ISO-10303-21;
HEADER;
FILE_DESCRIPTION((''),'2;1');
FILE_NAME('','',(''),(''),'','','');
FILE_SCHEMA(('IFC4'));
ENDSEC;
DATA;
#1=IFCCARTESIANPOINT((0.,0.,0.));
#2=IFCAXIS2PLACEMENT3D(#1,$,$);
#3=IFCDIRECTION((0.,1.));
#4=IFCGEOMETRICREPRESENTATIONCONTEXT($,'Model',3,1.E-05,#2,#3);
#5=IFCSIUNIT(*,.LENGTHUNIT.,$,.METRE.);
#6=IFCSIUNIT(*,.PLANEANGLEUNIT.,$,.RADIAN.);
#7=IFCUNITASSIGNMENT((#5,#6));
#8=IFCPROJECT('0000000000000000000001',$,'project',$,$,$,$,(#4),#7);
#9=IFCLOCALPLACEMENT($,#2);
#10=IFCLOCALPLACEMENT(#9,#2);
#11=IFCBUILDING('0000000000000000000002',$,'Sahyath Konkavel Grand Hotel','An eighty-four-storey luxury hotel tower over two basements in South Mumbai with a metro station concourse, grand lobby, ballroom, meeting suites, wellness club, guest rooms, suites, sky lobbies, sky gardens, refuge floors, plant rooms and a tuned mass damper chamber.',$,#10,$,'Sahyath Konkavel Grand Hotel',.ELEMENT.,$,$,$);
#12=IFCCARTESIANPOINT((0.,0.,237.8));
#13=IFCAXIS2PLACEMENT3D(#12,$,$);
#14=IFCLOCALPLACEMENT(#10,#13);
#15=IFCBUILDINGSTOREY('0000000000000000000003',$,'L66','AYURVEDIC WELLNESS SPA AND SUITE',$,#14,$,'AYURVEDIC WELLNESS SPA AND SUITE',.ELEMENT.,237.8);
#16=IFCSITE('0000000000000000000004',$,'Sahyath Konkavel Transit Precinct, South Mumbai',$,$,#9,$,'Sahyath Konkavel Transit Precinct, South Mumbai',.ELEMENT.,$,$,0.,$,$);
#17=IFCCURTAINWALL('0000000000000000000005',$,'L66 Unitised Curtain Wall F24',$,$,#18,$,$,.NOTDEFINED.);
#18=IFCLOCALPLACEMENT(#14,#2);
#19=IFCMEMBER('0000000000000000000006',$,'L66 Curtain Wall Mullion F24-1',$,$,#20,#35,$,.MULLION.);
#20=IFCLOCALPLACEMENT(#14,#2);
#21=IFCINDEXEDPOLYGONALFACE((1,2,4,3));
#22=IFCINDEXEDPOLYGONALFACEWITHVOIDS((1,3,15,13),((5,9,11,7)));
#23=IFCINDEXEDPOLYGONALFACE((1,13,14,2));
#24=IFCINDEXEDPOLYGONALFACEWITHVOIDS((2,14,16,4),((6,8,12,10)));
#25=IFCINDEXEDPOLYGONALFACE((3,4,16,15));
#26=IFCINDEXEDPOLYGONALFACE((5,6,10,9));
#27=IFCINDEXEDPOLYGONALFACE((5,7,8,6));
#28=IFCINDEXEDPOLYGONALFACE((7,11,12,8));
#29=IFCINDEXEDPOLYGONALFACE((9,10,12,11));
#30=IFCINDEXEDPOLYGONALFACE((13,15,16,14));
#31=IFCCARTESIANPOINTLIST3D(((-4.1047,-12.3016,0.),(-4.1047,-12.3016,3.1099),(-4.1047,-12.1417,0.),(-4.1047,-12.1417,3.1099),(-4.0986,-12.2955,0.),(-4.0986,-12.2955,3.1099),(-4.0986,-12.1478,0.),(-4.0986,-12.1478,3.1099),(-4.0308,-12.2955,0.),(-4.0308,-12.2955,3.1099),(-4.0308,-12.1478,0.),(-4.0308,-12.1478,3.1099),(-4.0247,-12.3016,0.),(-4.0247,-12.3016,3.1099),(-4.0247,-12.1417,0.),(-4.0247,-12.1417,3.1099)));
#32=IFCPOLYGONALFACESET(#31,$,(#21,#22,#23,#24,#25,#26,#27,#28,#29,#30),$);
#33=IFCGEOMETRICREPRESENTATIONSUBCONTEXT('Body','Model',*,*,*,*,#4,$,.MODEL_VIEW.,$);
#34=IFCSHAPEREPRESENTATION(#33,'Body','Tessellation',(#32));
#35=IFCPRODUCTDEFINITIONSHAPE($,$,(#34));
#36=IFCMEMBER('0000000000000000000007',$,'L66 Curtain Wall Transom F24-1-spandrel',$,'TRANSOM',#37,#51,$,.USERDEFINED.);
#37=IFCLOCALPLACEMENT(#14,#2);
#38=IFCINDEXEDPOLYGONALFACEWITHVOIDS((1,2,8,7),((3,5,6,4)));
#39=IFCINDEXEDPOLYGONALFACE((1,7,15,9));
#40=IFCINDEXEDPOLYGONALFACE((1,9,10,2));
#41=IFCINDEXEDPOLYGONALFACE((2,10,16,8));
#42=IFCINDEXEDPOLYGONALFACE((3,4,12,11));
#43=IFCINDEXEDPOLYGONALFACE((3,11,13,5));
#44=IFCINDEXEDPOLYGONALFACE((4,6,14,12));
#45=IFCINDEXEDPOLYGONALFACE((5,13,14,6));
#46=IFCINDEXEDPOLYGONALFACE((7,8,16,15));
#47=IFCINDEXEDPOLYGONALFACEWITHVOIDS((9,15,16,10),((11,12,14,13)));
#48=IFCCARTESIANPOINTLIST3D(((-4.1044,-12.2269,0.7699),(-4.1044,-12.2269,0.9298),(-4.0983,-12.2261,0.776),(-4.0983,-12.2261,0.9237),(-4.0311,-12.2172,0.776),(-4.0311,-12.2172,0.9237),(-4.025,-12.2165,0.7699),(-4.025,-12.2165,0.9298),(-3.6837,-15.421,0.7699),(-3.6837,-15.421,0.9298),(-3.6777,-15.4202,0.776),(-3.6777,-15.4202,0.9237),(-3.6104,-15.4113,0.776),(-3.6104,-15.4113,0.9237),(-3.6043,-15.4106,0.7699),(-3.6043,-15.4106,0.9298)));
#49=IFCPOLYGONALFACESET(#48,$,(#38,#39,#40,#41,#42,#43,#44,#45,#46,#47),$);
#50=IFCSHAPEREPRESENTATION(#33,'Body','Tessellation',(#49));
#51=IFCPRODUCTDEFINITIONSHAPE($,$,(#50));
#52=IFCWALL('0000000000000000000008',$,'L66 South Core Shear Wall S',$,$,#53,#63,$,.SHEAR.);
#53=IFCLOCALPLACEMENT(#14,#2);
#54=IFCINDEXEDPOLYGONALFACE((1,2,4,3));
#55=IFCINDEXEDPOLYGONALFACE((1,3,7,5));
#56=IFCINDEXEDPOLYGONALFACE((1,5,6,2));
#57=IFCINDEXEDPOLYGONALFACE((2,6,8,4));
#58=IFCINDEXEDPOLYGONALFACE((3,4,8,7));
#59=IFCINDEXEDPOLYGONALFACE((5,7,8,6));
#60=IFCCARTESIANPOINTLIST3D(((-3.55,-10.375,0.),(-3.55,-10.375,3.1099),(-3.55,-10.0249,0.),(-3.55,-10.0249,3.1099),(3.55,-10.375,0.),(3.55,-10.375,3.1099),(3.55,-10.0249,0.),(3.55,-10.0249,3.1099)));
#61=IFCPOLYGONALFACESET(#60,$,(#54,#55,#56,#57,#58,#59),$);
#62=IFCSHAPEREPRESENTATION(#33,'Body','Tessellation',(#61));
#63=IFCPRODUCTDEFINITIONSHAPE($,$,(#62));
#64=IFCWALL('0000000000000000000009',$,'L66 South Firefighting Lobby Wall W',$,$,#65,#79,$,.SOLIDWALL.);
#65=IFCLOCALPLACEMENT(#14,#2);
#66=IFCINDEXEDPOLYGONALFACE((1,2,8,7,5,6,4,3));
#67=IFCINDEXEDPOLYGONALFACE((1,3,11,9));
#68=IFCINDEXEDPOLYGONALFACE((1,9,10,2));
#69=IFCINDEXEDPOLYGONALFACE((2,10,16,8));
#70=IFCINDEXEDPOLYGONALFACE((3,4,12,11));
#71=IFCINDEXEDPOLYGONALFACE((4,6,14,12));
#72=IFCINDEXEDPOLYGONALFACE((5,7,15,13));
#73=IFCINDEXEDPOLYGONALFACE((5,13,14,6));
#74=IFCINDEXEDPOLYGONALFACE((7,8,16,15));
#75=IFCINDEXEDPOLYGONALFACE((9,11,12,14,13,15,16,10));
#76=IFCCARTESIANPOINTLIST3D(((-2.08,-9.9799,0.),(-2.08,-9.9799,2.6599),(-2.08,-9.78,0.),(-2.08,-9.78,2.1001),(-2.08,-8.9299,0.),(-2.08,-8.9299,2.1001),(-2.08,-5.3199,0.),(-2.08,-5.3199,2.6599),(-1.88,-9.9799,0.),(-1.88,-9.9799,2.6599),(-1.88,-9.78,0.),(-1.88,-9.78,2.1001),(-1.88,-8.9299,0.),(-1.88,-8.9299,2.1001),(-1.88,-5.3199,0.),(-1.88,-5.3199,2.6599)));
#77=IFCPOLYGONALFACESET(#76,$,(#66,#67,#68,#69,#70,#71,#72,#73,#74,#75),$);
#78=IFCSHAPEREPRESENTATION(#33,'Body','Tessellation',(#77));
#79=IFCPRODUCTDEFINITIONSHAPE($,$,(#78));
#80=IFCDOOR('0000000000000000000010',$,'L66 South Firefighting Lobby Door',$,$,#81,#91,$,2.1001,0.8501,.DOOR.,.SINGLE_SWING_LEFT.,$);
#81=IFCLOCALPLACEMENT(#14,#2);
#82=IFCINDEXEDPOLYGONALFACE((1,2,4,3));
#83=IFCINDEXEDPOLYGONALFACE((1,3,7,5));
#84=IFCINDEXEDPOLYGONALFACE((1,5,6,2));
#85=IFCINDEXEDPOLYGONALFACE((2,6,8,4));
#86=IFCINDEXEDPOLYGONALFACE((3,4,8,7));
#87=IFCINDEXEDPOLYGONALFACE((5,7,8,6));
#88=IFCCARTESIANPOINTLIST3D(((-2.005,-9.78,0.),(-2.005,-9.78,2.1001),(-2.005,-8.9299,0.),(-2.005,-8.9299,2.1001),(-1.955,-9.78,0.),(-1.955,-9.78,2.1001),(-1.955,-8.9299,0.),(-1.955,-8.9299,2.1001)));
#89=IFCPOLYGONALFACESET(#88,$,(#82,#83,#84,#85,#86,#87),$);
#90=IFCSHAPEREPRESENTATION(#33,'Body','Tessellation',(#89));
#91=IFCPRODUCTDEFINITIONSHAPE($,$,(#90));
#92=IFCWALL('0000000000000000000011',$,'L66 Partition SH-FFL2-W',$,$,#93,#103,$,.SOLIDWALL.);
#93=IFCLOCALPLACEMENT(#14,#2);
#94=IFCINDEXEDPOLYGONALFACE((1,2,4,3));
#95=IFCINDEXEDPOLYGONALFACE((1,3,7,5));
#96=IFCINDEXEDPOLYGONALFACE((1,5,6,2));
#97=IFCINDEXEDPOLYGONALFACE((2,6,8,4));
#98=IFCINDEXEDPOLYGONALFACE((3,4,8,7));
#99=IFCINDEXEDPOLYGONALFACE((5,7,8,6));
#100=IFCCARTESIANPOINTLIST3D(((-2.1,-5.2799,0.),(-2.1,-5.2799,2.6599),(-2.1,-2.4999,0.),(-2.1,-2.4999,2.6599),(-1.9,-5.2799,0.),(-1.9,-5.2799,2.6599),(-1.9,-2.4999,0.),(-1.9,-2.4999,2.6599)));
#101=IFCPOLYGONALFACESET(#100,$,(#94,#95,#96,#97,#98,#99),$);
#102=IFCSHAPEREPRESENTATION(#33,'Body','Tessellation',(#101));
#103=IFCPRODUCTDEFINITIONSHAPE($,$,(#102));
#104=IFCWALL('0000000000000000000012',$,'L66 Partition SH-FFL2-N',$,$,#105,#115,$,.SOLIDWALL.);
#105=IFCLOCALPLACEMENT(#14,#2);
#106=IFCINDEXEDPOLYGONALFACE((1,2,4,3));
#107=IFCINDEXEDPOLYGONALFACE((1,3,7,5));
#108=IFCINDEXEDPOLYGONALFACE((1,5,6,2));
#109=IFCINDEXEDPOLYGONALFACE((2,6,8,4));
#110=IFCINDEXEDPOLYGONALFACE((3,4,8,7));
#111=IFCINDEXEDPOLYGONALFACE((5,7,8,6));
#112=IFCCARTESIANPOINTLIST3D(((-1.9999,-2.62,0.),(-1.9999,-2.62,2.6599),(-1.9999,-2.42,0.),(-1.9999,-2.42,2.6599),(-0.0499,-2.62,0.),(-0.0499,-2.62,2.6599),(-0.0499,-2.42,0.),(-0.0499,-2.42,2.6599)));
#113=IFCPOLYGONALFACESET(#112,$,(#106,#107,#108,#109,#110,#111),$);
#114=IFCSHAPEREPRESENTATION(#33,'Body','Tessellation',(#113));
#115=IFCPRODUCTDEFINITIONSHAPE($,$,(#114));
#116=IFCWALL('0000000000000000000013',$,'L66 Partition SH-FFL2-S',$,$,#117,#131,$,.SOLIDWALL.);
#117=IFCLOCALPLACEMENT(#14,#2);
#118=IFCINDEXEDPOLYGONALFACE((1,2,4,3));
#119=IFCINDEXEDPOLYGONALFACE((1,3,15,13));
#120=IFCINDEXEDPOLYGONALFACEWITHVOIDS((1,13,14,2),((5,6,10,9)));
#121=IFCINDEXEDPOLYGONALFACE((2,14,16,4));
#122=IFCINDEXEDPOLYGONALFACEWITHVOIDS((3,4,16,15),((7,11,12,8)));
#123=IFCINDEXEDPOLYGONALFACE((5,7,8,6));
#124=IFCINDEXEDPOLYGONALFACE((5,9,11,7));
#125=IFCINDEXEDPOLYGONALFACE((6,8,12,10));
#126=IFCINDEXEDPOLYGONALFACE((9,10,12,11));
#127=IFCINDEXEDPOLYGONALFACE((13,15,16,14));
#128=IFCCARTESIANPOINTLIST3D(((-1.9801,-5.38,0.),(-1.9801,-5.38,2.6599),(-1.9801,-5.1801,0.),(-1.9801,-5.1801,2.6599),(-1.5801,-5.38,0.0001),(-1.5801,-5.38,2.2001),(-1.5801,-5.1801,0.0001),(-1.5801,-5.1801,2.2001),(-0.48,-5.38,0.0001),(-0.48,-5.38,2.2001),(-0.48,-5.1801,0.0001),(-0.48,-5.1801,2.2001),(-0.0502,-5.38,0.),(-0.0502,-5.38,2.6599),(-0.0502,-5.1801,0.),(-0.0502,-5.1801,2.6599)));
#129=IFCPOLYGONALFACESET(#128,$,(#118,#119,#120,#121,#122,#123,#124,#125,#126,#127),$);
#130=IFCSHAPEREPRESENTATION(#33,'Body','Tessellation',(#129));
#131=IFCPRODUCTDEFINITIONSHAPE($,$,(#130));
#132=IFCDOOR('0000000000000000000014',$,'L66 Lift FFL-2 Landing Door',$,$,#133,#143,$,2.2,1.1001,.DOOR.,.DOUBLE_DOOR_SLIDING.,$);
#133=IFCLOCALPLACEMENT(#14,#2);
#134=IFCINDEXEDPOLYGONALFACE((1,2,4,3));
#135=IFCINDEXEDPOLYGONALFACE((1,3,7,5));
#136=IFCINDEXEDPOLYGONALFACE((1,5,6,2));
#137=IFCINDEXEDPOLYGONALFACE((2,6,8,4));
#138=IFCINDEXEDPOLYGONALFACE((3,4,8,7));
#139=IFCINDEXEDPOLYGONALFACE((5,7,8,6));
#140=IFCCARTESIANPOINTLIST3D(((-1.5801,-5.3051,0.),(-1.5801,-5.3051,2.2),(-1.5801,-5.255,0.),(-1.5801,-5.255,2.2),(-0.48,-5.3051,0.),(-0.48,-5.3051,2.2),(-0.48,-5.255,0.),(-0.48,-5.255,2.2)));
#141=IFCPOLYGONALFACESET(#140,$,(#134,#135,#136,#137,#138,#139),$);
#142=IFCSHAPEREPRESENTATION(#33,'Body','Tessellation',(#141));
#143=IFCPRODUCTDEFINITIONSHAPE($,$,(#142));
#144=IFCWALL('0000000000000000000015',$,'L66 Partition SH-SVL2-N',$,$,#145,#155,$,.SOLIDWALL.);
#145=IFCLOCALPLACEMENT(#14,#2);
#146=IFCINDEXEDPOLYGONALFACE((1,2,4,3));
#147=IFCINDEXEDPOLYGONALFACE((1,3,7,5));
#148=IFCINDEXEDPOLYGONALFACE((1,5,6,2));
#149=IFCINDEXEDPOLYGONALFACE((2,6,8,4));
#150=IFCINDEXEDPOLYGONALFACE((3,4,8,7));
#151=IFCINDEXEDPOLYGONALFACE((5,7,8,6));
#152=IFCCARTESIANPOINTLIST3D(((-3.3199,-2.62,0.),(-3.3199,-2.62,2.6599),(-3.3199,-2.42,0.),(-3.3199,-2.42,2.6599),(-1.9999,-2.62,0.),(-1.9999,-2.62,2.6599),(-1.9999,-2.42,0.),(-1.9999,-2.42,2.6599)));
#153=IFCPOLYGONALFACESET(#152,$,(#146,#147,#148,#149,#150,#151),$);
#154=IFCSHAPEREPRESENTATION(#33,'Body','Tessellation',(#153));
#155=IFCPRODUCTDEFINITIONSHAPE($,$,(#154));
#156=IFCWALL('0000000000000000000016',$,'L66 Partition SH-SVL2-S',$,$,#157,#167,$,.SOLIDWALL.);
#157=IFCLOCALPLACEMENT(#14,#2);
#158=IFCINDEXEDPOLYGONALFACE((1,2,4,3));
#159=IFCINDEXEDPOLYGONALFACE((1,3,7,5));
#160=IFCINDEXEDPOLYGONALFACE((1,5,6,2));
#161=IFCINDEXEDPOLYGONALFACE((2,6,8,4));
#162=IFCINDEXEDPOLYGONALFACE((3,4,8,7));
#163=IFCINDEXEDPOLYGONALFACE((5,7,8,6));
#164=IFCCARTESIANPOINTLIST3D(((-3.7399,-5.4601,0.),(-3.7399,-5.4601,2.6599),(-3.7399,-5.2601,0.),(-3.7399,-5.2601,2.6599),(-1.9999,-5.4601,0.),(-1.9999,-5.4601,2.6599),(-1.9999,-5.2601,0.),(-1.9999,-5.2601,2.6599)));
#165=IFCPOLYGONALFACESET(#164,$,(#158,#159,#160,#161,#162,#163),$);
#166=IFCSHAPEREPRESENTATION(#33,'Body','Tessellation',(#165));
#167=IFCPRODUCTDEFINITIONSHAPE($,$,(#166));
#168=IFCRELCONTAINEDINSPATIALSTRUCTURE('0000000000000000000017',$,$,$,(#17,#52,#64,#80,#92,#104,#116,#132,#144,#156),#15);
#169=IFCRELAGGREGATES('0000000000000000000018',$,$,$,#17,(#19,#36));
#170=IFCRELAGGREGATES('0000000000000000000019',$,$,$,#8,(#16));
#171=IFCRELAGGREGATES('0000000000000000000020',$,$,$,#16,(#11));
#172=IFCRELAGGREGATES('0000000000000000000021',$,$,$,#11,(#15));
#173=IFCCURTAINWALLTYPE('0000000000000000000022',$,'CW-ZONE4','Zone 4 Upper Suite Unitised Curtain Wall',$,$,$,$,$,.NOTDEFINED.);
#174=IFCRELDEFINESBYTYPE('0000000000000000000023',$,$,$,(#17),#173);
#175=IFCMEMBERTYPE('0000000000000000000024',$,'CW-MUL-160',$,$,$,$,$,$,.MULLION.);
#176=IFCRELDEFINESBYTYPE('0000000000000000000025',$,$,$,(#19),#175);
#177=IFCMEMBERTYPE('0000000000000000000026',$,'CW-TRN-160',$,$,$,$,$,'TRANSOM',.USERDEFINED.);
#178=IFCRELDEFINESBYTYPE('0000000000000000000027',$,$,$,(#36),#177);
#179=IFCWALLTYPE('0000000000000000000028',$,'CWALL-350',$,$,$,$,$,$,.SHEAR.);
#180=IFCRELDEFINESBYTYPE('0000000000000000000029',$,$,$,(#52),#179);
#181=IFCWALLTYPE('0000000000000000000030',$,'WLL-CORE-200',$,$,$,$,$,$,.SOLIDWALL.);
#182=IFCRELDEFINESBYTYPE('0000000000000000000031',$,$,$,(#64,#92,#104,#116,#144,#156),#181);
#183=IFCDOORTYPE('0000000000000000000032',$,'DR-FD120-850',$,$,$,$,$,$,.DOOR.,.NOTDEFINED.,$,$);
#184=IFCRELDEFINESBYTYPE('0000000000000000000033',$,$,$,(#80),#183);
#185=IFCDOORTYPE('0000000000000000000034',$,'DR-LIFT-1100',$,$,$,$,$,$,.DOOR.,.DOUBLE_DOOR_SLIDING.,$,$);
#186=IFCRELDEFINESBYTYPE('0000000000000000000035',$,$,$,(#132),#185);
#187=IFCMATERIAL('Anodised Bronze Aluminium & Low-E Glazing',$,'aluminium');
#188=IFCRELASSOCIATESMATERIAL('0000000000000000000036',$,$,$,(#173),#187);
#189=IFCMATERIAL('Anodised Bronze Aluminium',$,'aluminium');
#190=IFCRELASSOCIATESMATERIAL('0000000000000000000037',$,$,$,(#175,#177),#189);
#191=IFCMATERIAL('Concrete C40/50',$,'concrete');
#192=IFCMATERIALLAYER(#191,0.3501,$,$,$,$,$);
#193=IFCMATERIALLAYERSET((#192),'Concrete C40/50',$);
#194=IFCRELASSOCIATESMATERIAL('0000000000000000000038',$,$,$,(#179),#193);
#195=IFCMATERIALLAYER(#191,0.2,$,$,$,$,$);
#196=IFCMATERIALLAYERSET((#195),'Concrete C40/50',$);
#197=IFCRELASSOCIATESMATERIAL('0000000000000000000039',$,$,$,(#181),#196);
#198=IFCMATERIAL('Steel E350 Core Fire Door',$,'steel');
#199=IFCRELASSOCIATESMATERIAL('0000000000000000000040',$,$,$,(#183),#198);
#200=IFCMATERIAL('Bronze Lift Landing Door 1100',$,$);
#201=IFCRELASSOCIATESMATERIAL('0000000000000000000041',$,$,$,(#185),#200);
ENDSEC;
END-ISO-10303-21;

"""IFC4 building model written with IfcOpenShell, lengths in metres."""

from ifc_helpers import new_model, si_unit, direction, frame, frame_2d, origin, origin_2d, place, context, subcontext, project, spatial, rectangle, hollow_rectangle, extrude, source, transform, mapped, material, layer, layer_set, material_profile, profile_set, type_object, element, fill, aggregate, save


model = new_model("IFC4")

# Units and contexts
model_context = context("Model", 3, precision=1e-05, world=origin(), true_north=direction((0.0, 1.0)))
body_context = subcontext(model_context, "Body", "Model", "MODEL_VIEW")
ifc_project = project(units=[si_unit("LENGTHUNIT", "METRE"), si_unit("PLANEANGLEUNIT", "RADIAN")], contexts=[model_context])

# Site, building, storey
site_placement = place(None, origin())
site = spatial("IfcSite", under=ifc_project, at=site_placement, Name="Sahyath Konkavel Transit Precinct, South Mumbai", LongName="Sahyath Konkavel Transit Precinct, South Mumbai", CompositionType="ELEMENT", RefElevation=0.0)
building_placement = place(site_placement, origin())
building = spatial("IfcBuilding", under=site, at=building_placement, Name="Sahyath Konkavel Grand Hotel", Description="An eighty-four-storey luxury hotel tower over two basements in South Mumbai with a metro station concourse, grand lobby, ballroom, meeting suites, wellness club, guest rooms, suites, sky lobbies, sky gardens, refuge floors, plant rooms and a tuned mass damper chamber.", LongName="Sahyath Konkavel Grand Hotel", CompositionType="ELEMENT")
storey_placement = place(building_placement, frame((0.0, 0.0, 237.8)))
storey = spatial("IfcBuildingStorey", under=building, at=storey_placement, Name="L66", Description="AYURVEDIC WELLNESS SPA AND SUITE", LongName="AYURVEDIC WELLNESS SPA AND SUITE", CompositionType="ELEMENT", Elevation=237.8)

# Shared definitions
ifc_material_1 = material(Name="Concrete C40/50", Category="concrete")

# Curtain wall, members
ifc_material_2 = material(Name="Anodised Bronze Aluminium & Low-E Glazing", Category="aluminium")
curtain_wall_type = type_object("IfcCurtainWallType", Name="CW-ZONE4", Description="Zone 4 Upper Suite Unitised Curtain Wall", PredefinedType="NOTDEFINED", material=ifc_material_2)
curtain_wall_placement = place(storey_placement, origin())
curtain_wall = element("IfcCurtainWall", 1, at=curtain_wall_placement, inside=storey, type_object=curtain_wall_type, Name="L66 Unitised Curtain Wall F24", PredefinedType="NOTDEFINED")
ifc_material_3 = material(Name="Anodised Bronze Aluminium", Category="aluminium")
ifc_material_profile_1 = material_profile(ifc_material_3, hollow_rectangle(XDim=0.0801, YDim=0.1599, WallThickness=0.0061, at=origin_2d()), Name="RHS 160x80x6")
ifc_profile_set_1 = profile_set([ifc_material_profile_1], Name="Anodised Bronze Aluminium")
member_type_1 = type_object("IfcMemberType", Name="CW-MUL-160", PredefinedType="MULLION", material=ifc_profile_set_1)
shared_shape_1 = source(origin(), body_context, "Body", "SweptSolid", [
    extrude(hollow_rectangle(XDim=0.0801, YDim=0.1599, WallThickness=0.0061, at=origin_2d()), origin(), (0.0, 0.0, 1.0), 3.1099),
])
member_1_placement = place(storey_placement, frame((-4.0647, -12.2217, 0.0), z_axis=(0.0, 0.0, 1.0), x_axis=(1.0, 0.0, 0.0)))
member_1 = element("IfcMember", 2, at=member_1_placement, type_object=member_type_1, Name="L66 Curtain Wall Mullion F24-1", PredefinedType="MULLION", context=body_context, shape_type="MappedRepresentation", body=[
    mapped(shared_shape_1, transform((0.0, 0.0, 0.0), scale=1.0)),
])
ifc_material_profile_2 = material_profile(ifc_material_3, hollow_rectangle(XDim=0.0801, YDim=0.1599, WallThickness=0.0061, at=origin_2d()), Name="RHS 160x80x6")
ifc_profile_set_2 = profile_set([ifc_material_profile_2], Name="Anodised Bronze Aluminium")
member_type_2 = type_object("IfcMemberType", Name="CW-TRN-160", ElementType="TRANSOM", PredefinedType="USERDEFINED", material=ifc_profile_set_2)
shared_shape_2 = source(origin(), body_context, "Body", "SweptSolid", [
    extrude(hollow_rectangle(XDim=0.0801, YDim=0.1599, WallThickness=0.0061, at=origin_2d()), origin(), (0.0, 0.0, 1.0), 3.2217),
])
member_2_placement = place(storey_placement, frame((-4.0647, -12.2217, 0.8499), z_axis=(0.13057, -0.991439, 0.0), x_axis=(0.991439, 0.13057, 0.0)))
member_2 = element("IfcMember", 3, at=member_2_placement, type_object=member_type_2, Name="L66 Curtain Wall Transom F24-1-spandrel", ObjectType="TRANSOM", PredefinedType="USERDEFINED", context=body_context, shape_type="MappedRepresentation", body=[
    mapped(shared_shape_2, transform((0.0, 0.0, 0.0), scale=1.0)),
])
aggregate(curtain_wall, [member_1, member_2])

# Wall
ifc_layer_1 = layer(ifc_material_1, 0.3501)
ifc_layer_set_1 = layer_set([ifc_layer_1], Name="Concrete C40/50")
wall_type_1 = type_object("IfcWallType", Name="CWALL-350", PredefinedType="SHEAR", material=ifc_layer_set_1)
wall_1_placement = place(storey_placement, frame((-3.55, -10.2, 0.0), z_axis=(0.0, 0.0, 1.0), x_axis=(1.0, 0.0, 0.0)))
element("IfcWall", 4, at=wall_1_placement, inside=storey, type_object=wall_type_1, Name="L66 South Core Shear Wall S", PredefinedType="SHEAR", context=body_context, shape_type="SweptSolid", body=[
    extrude(rectangle(XDim=7.1001, YDim=0.3501, at=frame_2d((3.55, 0.0))), origin(), (0.0, 0.0, 1.0), 3.1099),
])

# Wall, opening, door
ifc_layer_2 = layer(ifc_material_1, 0.2)
ifc_layer_set_2 = layer_set([ifc_layer_2], Name="Concrete C40/50")
wall_type_2 = type_object("IfcWallType", Name="WLL-CORE-200", PredefinedType="SOLIDWALL", material=ifc_layer_set_2)
wall_2_placement = place(storey_placement, frame((-1.98, -9.98, 0.0), z_axis=(0.0, 0.0, 1.0), x_axis=(0.0, 1.0, 0.0)))
wall_2 = element("IfcWall", 5, at=wall_2_placement, inside=storey, type_object=wall_type_2, Name="L66 South Firefighting Lobby Wall W", PredefinedType="SOLIDWALL", context=body_context, shape_type="SweptSolid", body=[
    extrude(rectangle(XDim=4.6599, YDim=0.2, at=frame_2d((2.3301, 0.0))), origin(), (0.0, 0.0, 1.0), 2.6599),
])
opening_1_placement = place(wall_2_placement, frame((0.2, 0.0, 0.0)))
opening_1 = element("IfcOpeningElement", 6, at=opening_1_placement, cuts=wall_2, PredefinedType="OPENING", context=body_context, shape_type="SweptSolid", body=[
    extrude(rectangle(XDim=0.8501, YDim=2.1001, at=frame_2d((0.425, 1.05))), frame((0.0, 0.1099, 0.0), z_axis=(0.0, -1.0, 0.0), x_axis=(1.0, 0.0, 0.0)), (0.0, 0.0, 1.0), 0.22),
])
ifc_material_4 = material(Name="Steel E350 Core Fire Door", Category="steel")
door_type_1 = type_object("IfcDoorType", Name="DR-FD120-850", OperationType="NOTDEFINED", PredefinedType="DOOR", material=ifc_material_4)
shared_shape_3 = source(origin(), body_context, "Body", "SweptSolid", [
    extrude(rectangle(XDim=0.8501, YDim=0.05, at=origin_2d()), origin(), (0.0, 0.0, 1.0), 2.1001),
])
door_1_placement = place(opening_1_placement, frame((0.425, 0.0, 0.0)))
door_1 = element("IfcDoor", 7, at=door_1_placement, inside=storey, type_object=door_type_1, Name="L66 South Firefighting Lobby Door", OperationType="SINGLE_SWING_LEFT", OverallHeight=2.1001, OverallWidth=0.8501, PredefinedType="DOOR", context=body_context, shape_type="MappedRepresentation", body=[
    mapped(shared_shape_3, transform((0.0, 0.0, 0.0), scale=1.0)),
])
fill(opening_1, door_1)

# Walls
wall_3_placement = place(storey_placement, frame((-2.0, -5.28, 0.0), z_axis=(0.0, 0.0, 1.0), x_axis=(0.0, 1.0, 0.0)))
element("IfcWall", 8, at=wall_3_placement, inside=storey, type_object=wall_type_2, Name="L66 Partition SH-FFL2-W", PredefinedType="SOLIDWALL", context=body_context, shape_type="SweptSolid", body=[
    extrude(rectangle(XDim=2.78, YDim=0.2, at=frame_2d((1.3901, 0.0))), origin(), (0.0, 0.0, 1.0), 2.6599),
])
wall_4_placement = place(storey_placement, frame((-2.0, -2.52, 0.0), z_axis=(0.0, 0.0, 1.0), x_axis=(1.0, 0.0, 0.0)))
element("IfcWall", 9, at=wall_4_placement, inside=storey, type_object=wall_type_2, Name="L66 Partition SH-FFL2-N", PredefinedType="SOLIDWALL", context=body_context, shape_type="SweptSolid", body=[
    extrude(rectangle(XDim=1.95, YDim=0.2, at=frame_2d((0.9751, 0.0))), origin(), (0.0, 0.0, 1.0), 2.6599),
])

# Wall, opening, door
wall_5_placement = place(storey_placement, frame((-1.98, -5.28, 0.0), z_axis=(0.0, 0.0, 1.0), x_axis=(1.0, 0.0, 0.0)))
wall_5 = element("IfcWall", 10, at=wall_5_placement, inside=storey, type_object=wall_type_2, Name="L66 Partition SH-FFL2-S", PredefinedType="SOLIDWALL", context=body_context, shape_type="SweptSolid", body=[
    extrude(rectangle(XDim=1.9299, YDim=0.2, at=frame_2d((0.9648, 0.0))), origin(), (0.0, 0.0, 1.0), 2.6599),
])
opening_2_placement = place(wall_5_placement, frame((0.3999, 0.0, 0.0)))
opening_2 = element("IfcOpeningElement", 11, at=opening_2_placement, cuts=wall_5, PredefinedType="OPENING", context=body_context, shape_type="SweptSolid", body=[
    extrude(rectangle(XDim=1.1001, YDim=2.2, at=frame_2d((0.55, 1.1001))), frame((0.0, 0.1099, 0.0), z_axis=(0.0, -1.0, 0.0), x_axis=(1.0, 0.0, 0.0)), (0.0, 0.0, 1.0), 0.22),
])
ifc_material_5 = material(Name="Bronze Lift Landing Door 1100")
door_type_2 = type_object("IfcDoorType", Name="DR-LIFT-1100", OperationType="DOUBLE_DOOR_SLIDING", PredefinedType="DOOR", material=ifc_material_5)
shared_shape_4 = source(origin(), body_context, "Body", "SweptSolid", [
    extrude(rectangle(XDim=1.1001, YDim=0.05, at=origin_2d()), origin(), (0.0, 0.0, 1.0), 2.2),
])
door_2_placement = place(opening_2_placement, frame((0.55, 0.0, 0.0)))
door_2 = element("IfcDoor", 12, at=door_2_placement, inside=storey, type_object=door_type_2, Name="L66 Lift FFL-2 Landing Door", OperationType="DOUBLE_DOOR_SLIDING", OverallHeight=2.2, OverallWidth=1.1001, PredefinedType="DOOR", context=body_context, shape_type="MappedRepresentation", body=[
    mapped(shared_shape_4, transform((0.0, 0.0, 0.0), scale=1.0)),
])
fill(opening_2, door_2)

# Walls
wall_6_placement = place(storey_placement, frame((-3.3201, -2.52, 0.0), z_axis=(0.0, 0.0, 1.0), x_axis=(1.0, 0.0, 0.0)))
element("IfcWall", 13, at=wall_6_placement, inside=storey, type_object=wall_type_2, Name="L66 Partition SH-SVL2-N", PredefinedType="SOLIDWALL", context=body_context, shape_type="SweptSolid", body=[
    extrude(rectangle(XDim=1.3201, YDim=0.2, at=frame_2d((0.6602, 0.0))), origin(), (0.0, 0.0, 1.0), 2.6599),
])
wall_7_placement = place(storey_placement, frame((-3.74, -5.3601, 0.0), z_axis=(0.0, 0.0, 1.0), x_axis=(1.0, 0.0, 0.0)))
element("IfcWall", 14, at=wall_7_placement, inside=storey, type_object=wall_type_2, Name="L66 Partition SH-SVL2-S", PredefinedType="SOLIDWALL", context=body_context, shape_type="SweptSolid", body=[
    extrude(rectangle(XDim=1.74, YDim=0.2, at=frame_2d((0.8701, 0.0))), origin(), (0.0, 0.0, 1.0), 2.6599),
])

save(model, "model.ifc")
